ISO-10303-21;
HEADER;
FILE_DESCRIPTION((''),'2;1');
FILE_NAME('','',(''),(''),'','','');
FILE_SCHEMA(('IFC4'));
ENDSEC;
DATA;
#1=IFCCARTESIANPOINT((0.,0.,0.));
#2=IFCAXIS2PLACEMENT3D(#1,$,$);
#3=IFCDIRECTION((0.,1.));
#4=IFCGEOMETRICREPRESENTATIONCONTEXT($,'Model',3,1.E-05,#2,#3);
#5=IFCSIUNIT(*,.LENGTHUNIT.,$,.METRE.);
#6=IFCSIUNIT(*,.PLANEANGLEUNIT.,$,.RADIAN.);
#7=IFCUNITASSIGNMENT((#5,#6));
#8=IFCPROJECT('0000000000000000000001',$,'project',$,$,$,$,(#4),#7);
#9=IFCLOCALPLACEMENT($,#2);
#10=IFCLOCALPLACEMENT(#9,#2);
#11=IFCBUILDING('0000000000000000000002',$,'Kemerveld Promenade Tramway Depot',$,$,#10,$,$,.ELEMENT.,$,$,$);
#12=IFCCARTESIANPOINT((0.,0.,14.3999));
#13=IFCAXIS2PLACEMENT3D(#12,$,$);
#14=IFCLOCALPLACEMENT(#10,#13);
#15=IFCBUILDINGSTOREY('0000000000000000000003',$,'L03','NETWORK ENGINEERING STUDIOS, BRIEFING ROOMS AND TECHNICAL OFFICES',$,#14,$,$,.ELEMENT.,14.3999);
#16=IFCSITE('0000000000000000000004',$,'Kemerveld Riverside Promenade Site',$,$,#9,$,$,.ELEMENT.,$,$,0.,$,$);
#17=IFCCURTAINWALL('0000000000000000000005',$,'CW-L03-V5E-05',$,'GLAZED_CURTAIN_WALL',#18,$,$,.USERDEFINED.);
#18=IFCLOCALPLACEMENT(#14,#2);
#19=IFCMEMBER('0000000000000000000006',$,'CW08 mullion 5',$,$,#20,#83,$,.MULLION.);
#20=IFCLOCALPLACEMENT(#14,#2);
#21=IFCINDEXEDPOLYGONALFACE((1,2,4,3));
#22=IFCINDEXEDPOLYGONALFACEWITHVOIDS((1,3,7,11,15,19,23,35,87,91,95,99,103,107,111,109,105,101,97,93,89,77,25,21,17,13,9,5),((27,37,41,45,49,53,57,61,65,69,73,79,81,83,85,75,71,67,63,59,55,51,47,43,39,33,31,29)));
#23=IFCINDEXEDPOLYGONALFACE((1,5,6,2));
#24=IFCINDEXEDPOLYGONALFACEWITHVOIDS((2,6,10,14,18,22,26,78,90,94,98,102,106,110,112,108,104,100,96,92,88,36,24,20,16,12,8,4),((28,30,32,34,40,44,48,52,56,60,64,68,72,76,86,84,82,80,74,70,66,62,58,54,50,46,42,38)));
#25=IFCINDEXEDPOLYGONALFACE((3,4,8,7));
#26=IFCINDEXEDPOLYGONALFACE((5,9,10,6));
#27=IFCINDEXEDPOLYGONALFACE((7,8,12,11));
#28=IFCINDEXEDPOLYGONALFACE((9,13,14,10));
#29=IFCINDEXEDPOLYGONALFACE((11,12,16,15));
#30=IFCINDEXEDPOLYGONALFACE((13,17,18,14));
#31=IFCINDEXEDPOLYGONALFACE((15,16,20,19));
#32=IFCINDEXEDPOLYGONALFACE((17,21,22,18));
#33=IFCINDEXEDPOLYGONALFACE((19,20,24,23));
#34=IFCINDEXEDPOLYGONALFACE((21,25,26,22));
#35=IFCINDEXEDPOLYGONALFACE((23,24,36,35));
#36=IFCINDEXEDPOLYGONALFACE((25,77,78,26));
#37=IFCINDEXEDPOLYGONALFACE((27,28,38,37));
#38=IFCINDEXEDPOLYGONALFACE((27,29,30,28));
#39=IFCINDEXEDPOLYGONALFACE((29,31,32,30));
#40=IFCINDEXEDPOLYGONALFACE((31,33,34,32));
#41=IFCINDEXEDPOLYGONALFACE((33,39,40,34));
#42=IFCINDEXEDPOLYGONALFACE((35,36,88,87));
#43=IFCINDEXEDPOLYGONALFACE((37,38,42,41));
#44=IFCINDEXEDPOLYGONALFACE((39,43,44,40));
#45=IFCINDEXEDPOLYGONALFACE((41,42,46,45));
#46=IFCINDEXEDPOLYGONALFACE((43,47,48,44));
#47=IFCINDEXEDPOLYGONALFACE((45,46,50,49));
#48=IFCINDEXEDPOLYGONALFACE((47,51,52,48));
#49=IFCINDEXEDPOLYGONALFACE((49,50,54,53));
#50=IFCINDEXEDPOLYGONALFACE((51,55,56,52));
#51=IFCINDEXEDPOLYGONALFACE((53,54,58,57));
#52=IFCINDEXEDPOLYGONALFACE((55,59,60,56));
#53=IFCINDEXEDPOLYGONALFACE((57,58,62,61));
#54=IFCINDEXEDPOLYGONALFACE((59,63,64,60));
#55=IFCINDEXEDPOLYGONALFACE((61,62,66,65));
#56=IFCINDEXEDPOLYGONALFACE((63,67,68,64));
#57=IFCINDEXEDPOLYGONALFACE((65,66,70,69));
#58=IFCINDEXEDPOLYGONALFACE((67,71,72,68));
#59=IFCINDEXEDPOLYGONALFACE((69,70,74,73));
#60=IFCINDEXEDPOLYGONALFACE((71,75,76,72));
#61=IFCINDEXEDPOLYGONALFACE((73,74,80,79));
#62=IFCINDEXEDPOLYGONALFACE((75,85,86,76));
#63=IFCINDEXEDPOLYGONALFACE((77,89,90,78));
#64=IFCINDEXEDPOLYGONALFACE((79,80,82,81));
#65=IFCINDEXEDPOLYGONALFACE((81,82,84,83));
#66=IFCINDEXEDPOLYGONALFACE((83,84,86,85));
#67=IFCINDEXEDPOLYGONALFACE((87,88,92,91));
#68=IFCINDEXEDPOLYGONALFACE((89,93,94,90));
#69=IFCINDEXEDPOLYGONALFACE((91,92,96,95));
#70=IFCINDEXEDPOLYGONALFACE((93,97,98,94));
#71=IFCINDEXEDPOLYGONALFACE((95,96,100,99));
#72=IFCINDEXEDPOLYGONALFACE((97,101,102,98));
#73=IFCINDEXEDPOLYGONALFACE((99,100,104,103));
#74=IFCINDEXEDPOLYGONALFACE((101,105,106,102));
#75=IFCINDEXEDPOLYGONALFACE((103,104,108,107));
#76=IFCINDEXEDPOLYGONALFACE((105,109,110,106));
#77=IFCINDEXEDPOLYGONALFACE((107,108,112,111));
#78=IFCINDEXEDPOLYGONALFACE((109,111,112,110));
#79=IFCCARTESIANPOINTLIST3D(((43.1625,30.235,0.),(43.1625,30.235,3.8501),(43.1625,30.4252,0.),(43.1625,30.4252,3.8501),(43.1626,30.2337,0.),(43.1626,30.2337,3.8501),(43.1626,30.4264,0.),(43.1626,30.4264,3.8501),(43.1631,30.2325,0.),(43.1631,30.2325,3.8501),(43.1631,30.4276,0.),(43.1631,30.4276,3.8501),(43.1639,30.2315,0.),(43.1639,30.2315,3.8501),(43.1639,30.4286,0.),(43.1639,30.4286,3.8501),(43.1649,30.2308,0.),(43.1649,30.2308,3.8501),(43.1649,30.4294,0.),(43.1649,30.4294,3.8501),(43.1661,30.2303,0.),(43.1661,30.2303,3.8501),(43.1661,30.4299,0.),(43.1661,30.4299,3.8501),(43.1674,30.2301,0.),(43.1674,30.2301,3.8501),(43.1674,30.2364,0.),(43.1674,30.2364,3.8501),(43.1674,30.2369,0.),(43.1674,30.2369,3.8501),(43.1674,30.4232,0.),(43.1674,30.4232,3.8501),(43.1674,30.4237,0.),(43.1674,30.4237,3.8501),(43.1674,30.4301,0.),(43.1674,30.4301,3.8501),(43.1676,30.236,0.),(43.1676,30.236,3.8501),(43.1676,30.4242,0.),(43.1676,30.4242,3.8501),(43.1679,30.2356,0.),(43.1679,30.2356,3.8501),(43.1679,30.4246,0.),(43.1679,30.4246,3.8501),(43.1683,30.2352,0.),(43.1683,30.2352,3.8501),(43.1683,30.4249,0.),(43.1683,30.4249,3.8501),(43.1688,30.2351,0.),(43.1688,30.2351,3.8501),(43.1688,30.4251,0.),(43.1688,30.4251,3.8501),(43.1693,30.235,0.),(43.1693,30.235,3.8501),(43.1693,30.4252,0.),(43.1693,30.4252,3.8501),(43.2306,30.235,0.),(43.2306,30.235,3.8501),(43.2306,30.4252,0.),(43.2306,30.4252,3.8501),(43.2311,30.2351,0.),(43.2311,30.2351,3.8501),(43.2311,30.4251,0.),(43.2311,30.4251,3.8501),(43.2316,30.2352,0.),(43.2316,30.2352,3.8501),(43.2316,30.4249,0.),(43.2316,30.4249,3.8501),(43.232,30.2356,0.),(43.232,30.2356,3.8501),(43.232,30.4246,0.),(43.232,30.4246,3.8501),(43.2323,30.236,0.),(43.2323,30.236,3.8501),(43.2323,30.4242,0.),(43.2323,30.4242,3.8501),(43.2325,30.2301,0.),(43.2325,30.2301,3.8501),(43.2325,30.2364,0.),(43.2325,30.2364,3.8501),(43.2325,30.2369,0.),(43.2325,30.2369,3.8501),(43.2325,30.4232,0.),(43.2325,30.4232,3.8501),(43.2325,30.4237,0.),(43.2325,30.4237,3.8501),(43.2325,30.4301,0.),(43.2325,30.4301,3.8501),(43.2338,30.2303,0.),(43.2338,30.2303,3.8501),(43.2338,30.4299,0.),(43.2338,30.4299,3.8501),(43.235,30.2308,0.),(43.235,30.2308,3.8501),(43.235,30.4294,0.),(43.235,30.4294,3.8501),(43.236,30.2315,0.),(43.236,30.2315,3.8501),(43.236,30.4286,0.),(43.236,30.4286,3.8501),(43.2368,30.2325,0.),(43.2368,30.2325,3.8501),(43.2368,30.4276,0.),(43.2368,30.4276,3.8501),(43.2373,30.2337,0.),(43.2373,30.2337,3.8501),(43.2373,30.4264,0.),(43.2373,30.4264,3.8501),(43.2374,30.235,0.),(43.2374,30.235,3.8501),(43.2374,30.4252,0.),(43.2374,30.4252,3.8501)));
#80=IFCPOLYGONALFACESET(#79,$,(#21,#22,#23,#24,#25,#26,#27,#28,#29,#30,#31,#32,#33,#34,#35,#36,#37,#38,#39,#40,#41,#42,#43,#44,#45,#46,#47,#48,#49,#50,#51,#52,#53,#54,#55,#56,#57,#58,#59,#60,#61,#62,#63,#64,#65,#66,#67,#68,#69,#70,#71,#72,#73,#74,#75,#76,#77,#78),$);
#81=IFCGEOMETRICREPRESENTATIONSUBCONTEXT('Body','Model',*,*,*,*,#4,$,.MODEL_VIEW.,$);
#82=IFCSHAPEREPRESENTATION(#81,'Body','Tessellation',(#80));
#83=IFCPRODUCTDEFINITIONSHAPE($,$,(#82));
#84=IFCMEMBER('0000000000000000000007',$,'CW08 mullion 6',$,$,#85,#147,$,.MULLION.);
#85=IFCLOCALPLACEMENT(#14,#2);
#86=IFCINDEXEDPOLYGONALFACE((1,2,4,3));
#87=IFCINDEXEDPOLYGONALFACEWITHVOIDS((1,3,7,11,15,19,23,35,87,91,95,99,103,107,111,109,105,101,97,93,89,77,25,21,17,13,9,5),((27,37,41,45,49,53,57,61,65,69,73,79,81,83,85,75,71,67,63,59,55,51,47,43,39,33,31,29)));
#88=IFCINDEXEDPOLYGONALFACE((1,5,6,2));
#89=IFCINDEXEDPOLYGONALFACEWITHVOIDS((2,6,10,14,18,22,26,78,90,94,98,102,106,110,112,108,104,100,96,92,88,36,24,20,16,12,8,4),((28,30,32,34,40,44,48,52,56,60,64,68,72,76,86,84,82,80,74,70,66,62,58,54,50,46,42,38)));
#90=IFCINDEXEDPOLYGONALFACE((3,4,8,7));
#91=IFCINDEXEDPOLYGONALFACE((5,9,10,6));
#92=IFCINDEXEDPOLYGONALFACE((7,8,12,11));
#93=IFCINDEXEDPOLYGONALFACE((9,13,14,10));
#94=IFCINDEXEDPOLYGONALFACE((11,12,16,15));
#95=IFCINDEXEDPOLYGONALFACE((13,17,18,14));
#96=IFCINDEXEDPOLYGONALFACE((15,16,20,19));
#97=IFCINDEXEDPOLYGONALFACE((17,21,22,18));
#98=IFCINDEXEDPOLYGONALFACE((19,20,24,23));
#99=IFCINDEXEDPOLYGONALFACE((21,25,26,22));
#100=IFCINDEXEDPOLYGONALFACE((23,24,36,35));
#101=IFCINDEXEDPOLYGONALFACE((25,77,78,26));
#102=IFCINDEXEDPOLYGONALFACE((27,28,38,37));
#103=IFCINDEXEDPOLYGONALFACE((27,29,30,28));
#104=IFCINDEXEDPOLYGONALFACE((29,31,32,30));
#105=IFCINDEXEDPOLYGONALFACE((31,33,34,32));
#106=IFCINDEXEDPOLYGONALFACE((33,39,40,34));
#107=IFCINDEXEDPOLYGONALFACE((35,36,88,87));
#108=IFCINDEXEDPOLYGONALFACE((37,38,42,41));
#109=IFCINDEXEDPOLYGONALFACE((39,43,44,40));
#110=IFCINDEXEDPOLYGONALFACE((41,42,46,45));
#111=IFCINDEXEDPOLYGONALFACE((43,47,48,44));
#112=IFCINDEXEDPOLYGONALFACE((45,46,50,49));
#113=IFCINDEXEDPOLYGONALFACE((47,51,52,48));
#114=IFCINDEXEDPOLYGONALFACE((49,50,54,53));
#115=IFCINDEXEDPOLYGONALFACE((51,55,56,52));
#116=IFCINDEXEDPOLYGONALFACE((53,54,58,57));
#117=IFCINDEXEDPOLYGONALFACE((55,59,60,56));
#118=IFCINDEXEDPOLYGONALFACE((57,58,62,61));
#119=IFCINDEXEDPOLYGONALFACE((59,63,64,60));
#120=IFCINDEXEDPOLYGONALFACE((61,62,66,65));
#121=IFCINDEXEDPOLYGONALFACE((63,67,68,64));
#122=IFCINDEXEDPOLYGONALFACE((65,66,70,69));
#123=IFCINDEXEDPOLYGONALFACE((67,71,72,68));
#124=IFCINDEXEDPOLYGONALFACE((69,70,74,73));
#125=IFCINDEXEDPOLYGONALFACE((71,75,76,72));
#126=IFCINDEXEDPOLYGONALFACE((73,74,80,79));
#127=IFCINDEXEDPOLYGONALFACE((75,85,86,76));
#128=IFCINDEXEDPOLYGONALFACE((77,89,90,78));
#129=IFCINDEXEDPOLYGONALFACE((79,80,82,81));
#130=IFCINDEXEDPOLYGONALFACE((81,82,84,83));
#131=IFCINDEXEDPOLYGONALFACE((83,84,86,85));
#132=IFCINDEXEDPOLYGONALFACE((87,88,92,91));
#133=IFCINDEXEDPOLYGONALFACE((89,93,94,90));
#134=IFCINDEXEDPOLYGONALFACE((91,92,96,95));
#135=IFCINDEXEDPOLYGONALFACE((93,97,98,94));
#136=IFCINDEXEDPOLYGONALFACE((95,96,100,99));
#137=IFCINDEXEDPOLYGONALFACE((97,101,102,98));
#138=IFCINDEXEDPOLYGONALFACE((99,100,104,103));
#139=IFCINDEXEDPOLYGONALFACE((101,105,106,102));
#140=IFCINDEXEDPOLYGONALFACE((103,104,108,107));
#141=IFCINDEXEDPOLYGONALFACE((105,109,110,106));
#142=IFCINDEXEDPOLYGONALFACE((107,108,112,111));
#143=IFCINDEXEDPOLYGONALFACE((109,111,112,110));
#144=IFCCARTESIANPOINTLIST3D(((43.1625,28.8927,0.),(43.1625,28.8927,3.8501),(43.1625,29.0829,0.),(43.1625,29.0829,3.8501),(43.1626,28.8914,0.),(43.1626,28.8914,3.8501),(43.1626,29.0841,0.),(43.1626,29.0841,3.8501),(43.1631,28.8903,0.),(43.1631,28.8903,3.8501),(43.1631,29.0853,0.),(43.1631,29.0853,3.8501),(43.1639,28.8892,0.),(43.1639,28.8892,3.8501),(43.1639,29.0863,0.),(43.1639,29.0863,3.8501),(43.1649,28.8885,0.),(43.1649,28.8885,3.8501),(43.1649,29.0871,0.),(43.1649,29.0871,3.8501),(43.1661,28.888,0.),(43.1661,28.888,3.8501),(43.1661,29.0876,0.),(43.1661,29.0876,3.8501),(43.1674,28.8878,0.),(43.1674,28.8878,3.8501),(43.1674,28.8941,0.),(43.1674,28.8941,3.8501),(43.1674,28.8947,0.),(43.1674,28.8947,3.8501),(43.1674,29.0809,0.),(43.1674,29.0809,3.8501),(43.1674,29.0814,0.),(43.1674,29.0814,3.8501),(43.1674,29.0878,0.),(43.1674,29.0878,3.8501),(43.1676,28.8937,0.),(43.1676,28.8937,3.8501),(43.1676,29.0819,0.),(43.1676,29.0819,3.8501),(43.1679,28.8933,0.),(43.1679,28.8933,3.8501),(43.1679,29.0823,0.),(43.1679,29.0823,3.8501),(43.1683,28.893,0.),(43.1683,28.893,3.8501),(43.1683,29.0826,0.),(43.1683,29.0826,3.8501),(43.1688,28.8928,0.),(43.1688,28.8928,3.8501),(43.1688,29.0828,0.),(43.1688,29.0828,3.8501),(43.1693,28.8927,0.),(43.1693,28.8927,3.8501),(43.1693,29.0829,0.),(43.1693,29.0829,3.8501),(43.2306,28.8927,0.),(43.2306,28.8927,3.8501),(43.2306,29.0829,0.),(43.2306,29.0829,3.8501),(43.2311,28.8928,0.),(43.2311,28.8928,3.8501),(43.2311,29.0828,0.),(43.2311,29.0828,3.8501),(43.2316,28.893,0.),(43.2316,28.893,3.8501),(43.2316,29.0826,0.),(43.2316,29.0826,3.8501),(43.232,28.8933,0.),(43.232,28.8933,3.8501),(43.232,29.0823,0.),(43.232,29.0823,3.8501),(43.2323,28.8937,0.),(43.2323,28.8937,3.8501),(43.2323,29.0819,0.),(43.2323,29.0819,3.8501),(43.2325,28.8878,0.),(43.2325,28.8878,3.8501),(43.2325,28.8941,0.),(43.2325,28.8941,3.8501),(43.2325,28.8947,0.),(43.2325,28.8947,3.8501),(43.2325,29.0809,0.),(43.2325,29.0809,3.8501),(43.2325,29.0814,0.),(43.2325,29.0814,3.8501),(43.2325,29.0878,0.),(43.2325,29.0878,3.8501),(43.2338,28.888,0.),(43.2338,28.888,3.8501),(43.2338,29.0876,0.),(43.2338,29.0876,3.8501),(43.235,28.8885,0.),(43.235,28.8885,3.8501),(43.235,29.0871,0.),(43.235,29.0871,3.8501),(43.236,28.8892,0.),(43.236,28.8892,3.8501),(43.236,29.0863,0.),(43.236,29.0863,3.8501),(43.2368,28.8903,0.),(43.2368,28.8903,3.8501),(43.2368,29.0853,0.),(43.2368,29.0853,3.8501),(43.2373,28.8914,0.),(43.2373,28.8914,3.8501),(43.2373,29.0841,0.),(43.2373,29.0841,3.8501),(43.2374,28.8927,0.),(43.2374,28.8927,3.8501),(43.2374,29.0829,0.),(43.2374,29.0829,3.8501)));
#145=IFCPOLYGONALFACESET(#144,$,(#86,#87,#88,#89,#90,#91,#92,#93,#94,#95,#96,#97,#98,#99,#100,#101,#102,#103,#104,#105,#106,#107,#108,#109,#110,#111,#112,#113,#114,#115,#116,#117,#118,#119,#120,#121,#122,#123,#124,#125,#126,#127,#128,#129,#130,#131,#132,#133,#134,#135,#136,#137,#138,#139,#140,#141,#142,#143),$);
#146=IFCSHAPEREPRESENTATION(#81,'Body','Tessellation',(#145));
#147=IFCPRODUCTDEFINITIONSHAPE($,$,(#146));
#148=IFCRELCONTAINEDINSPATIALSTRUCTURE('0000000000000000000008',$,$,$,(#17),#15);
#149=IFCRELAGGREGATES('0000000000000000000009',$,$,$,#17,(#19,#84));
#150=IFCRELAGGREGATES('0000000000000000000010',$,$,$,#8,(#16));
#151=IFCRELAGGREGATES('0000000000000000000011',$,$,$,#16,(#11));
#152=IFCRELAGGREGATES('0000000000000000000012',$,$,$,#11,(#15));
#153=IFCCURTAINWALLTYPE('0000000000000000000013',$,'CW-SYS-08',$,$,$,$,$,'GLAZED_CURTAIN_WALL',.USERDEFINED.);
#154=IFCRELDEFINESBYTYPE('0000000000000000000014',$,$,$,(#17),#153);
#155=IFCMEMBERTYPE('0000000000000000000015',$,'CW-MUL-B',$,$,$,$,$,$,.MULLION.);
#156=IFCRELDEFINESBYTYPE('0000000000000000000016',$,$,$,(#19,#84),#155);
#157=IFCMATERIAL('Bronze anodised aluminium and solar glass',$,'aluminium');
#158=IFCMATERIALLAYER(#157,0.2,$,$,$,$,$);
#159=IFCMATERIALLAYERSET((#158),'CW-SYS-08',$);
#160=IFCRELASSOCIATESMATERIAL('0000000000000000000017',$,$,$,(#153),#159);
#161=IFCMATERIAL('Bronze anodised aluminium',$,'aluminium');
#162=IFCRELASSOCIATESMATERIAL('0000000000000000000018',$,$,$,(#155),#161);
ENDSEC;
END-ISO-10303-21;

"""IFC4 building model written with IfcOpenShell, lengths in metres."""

from ifc_helpers import new_model, si_unit, direction, frame, origin, origin_2d, place, context, subcontext, project, spatial, hollow_rectangle, extrude, material, layer, layer_set, material_profile, profile_set, type_object, element, aggregate, save


model = new_model("IFC4")

# Units and contexts
model_context = context("Model", 3, precision=1e-05, world=origin(), true_north=direction((0.0, 1.0)))
body_context = subcontext(model_context, "Body", "Model", "MODEL_VIEW")
ifc_project = project(units=[si_unit("LENGTHUNIT", "METRE"), si_unit("PLANEANGLEUNIT", "RADIAN")], contexts=[model_context])

# Site, building, storey
site_placement = place(None, origin())
site = spatial("IfcSite", under=ifc_project, at=site_placement, Name="Kemerveld Riverside Promenade Site", CompositionType="ELEMENT", RefElevation=0.0)
building_placement = place(site_placement, origin())
building = spatial("IfcBuilding", under=site, at=building_placement, Name="Kemerveld Promenade Tramway Depot", CompositionType="ELEMENT")
storey_placement = place(building_placement, frame((0.0, 0.0, 14.3999)))
storey = spatial("IfcBuildingStorey", under=building, at=storey_placement, Name="L03", Description="NETWORK ENGINEERING STUDIOS, BRIEFING ROOMS AND TECHNICAL OFFICES", CompositionType="ELEMENT", Elevation=14.3999)

# Curtain wall, members
ifc_material_1 = material(Name="Bronze anodised aluminium and solar glass", Category="aluminium")
ifc_layer_1 = layer(ifc_material_1, 0.2)
ifc_layer_set_1 = layer_set([ifc_layer_1], Name="CW-SYS-08")
curtain_wall_type = type_object("IfcCurtainWallType", Name="CW-SYS-08", ElementType="GLAZED_CURTAIN_WALL", PredefinedType="USERDEFINED", material=ifc_layer_set_1)
curtain_wall_placement = place(storey_placement, origin())
curtain_wall = element("IfcCurtainWall", 1, at=curtain_wall_placement, inside=storey, type_object=curtain_wall_type, Name="CW-L03-V5E-05", ObjectType="GLAZED_CURTAIN_WALL", PredefinedType="USERDEFINED")
ifc_material_2 = material(Name="Bronze anodised aluminium", Category="aluminium")
ifc_material_profile_1 = material_profile(ifc_material_2, hollow_rectangle(XDim=0.075, YDim=0.2, WallThickness=0.0049, InnerFilletRadius=0.002, OuterFilletRadius=0.0049, at=origin_2d()), Name="CW-MUL-200x75")
ifc_profile_set_1 = profile_set([ifc_material_profile_1], Name="Bronze anodised aluminium")
member_type_1 = type_object("IfcMemberType", Name="CW-MUL-B", PredefinedType="MULLION", material=ifc_profile_set_1)
member_1_placement = place(storey_placement, frame((43.2, 30.3301, 0.0), z_axis=(0.0, 0.0, 1.0), x_axis=(1.0, 0.0, 0.0)))
member_1 = element("IfcMember", 2, at=member_1_placement, type_object=member_type_1, Name="CW08 mullion 5", PredefinedType="MULLION", context=body_context, shape_type="SweptSolid", body=[
    extrude(hollow_rectangle(XDim=0.075, YDim=0.2, WallThickness=0.0049, InnerFilletRadius=0.002, OuterFilletRadius=0.0049, at=origin_2d()), origin(), (0.0, 0.0, 1.0), 3.8501),
])
member_2_placement = place(storey_placement, frame((43.2, 28.9878, 0.0), z_axis=(0.0, 0.0, 1.0), x_axis=(1.0, 0.0, 0.0)))
member_2 = element("IfcMember", 3, at=member_2_placement, type_object=member_type_1, Name="CW08 mullion 6", PredefinedType="MULLION", context=body_context, shape_type="SweptSolid", body=[
    extrude(hollow_rectangle(XDim=0.075, YDim=0.2, WallThickness=0.0049, InnerFilletRadius=0.002, OuterFilletRadius=0.0049, at=origin_2d()), origin(), (0.0, 0.0, 1.0), 3.8501),
])
aggregate(curtain_wall, [member_1, member_2])

save(model, "model.ifc")
